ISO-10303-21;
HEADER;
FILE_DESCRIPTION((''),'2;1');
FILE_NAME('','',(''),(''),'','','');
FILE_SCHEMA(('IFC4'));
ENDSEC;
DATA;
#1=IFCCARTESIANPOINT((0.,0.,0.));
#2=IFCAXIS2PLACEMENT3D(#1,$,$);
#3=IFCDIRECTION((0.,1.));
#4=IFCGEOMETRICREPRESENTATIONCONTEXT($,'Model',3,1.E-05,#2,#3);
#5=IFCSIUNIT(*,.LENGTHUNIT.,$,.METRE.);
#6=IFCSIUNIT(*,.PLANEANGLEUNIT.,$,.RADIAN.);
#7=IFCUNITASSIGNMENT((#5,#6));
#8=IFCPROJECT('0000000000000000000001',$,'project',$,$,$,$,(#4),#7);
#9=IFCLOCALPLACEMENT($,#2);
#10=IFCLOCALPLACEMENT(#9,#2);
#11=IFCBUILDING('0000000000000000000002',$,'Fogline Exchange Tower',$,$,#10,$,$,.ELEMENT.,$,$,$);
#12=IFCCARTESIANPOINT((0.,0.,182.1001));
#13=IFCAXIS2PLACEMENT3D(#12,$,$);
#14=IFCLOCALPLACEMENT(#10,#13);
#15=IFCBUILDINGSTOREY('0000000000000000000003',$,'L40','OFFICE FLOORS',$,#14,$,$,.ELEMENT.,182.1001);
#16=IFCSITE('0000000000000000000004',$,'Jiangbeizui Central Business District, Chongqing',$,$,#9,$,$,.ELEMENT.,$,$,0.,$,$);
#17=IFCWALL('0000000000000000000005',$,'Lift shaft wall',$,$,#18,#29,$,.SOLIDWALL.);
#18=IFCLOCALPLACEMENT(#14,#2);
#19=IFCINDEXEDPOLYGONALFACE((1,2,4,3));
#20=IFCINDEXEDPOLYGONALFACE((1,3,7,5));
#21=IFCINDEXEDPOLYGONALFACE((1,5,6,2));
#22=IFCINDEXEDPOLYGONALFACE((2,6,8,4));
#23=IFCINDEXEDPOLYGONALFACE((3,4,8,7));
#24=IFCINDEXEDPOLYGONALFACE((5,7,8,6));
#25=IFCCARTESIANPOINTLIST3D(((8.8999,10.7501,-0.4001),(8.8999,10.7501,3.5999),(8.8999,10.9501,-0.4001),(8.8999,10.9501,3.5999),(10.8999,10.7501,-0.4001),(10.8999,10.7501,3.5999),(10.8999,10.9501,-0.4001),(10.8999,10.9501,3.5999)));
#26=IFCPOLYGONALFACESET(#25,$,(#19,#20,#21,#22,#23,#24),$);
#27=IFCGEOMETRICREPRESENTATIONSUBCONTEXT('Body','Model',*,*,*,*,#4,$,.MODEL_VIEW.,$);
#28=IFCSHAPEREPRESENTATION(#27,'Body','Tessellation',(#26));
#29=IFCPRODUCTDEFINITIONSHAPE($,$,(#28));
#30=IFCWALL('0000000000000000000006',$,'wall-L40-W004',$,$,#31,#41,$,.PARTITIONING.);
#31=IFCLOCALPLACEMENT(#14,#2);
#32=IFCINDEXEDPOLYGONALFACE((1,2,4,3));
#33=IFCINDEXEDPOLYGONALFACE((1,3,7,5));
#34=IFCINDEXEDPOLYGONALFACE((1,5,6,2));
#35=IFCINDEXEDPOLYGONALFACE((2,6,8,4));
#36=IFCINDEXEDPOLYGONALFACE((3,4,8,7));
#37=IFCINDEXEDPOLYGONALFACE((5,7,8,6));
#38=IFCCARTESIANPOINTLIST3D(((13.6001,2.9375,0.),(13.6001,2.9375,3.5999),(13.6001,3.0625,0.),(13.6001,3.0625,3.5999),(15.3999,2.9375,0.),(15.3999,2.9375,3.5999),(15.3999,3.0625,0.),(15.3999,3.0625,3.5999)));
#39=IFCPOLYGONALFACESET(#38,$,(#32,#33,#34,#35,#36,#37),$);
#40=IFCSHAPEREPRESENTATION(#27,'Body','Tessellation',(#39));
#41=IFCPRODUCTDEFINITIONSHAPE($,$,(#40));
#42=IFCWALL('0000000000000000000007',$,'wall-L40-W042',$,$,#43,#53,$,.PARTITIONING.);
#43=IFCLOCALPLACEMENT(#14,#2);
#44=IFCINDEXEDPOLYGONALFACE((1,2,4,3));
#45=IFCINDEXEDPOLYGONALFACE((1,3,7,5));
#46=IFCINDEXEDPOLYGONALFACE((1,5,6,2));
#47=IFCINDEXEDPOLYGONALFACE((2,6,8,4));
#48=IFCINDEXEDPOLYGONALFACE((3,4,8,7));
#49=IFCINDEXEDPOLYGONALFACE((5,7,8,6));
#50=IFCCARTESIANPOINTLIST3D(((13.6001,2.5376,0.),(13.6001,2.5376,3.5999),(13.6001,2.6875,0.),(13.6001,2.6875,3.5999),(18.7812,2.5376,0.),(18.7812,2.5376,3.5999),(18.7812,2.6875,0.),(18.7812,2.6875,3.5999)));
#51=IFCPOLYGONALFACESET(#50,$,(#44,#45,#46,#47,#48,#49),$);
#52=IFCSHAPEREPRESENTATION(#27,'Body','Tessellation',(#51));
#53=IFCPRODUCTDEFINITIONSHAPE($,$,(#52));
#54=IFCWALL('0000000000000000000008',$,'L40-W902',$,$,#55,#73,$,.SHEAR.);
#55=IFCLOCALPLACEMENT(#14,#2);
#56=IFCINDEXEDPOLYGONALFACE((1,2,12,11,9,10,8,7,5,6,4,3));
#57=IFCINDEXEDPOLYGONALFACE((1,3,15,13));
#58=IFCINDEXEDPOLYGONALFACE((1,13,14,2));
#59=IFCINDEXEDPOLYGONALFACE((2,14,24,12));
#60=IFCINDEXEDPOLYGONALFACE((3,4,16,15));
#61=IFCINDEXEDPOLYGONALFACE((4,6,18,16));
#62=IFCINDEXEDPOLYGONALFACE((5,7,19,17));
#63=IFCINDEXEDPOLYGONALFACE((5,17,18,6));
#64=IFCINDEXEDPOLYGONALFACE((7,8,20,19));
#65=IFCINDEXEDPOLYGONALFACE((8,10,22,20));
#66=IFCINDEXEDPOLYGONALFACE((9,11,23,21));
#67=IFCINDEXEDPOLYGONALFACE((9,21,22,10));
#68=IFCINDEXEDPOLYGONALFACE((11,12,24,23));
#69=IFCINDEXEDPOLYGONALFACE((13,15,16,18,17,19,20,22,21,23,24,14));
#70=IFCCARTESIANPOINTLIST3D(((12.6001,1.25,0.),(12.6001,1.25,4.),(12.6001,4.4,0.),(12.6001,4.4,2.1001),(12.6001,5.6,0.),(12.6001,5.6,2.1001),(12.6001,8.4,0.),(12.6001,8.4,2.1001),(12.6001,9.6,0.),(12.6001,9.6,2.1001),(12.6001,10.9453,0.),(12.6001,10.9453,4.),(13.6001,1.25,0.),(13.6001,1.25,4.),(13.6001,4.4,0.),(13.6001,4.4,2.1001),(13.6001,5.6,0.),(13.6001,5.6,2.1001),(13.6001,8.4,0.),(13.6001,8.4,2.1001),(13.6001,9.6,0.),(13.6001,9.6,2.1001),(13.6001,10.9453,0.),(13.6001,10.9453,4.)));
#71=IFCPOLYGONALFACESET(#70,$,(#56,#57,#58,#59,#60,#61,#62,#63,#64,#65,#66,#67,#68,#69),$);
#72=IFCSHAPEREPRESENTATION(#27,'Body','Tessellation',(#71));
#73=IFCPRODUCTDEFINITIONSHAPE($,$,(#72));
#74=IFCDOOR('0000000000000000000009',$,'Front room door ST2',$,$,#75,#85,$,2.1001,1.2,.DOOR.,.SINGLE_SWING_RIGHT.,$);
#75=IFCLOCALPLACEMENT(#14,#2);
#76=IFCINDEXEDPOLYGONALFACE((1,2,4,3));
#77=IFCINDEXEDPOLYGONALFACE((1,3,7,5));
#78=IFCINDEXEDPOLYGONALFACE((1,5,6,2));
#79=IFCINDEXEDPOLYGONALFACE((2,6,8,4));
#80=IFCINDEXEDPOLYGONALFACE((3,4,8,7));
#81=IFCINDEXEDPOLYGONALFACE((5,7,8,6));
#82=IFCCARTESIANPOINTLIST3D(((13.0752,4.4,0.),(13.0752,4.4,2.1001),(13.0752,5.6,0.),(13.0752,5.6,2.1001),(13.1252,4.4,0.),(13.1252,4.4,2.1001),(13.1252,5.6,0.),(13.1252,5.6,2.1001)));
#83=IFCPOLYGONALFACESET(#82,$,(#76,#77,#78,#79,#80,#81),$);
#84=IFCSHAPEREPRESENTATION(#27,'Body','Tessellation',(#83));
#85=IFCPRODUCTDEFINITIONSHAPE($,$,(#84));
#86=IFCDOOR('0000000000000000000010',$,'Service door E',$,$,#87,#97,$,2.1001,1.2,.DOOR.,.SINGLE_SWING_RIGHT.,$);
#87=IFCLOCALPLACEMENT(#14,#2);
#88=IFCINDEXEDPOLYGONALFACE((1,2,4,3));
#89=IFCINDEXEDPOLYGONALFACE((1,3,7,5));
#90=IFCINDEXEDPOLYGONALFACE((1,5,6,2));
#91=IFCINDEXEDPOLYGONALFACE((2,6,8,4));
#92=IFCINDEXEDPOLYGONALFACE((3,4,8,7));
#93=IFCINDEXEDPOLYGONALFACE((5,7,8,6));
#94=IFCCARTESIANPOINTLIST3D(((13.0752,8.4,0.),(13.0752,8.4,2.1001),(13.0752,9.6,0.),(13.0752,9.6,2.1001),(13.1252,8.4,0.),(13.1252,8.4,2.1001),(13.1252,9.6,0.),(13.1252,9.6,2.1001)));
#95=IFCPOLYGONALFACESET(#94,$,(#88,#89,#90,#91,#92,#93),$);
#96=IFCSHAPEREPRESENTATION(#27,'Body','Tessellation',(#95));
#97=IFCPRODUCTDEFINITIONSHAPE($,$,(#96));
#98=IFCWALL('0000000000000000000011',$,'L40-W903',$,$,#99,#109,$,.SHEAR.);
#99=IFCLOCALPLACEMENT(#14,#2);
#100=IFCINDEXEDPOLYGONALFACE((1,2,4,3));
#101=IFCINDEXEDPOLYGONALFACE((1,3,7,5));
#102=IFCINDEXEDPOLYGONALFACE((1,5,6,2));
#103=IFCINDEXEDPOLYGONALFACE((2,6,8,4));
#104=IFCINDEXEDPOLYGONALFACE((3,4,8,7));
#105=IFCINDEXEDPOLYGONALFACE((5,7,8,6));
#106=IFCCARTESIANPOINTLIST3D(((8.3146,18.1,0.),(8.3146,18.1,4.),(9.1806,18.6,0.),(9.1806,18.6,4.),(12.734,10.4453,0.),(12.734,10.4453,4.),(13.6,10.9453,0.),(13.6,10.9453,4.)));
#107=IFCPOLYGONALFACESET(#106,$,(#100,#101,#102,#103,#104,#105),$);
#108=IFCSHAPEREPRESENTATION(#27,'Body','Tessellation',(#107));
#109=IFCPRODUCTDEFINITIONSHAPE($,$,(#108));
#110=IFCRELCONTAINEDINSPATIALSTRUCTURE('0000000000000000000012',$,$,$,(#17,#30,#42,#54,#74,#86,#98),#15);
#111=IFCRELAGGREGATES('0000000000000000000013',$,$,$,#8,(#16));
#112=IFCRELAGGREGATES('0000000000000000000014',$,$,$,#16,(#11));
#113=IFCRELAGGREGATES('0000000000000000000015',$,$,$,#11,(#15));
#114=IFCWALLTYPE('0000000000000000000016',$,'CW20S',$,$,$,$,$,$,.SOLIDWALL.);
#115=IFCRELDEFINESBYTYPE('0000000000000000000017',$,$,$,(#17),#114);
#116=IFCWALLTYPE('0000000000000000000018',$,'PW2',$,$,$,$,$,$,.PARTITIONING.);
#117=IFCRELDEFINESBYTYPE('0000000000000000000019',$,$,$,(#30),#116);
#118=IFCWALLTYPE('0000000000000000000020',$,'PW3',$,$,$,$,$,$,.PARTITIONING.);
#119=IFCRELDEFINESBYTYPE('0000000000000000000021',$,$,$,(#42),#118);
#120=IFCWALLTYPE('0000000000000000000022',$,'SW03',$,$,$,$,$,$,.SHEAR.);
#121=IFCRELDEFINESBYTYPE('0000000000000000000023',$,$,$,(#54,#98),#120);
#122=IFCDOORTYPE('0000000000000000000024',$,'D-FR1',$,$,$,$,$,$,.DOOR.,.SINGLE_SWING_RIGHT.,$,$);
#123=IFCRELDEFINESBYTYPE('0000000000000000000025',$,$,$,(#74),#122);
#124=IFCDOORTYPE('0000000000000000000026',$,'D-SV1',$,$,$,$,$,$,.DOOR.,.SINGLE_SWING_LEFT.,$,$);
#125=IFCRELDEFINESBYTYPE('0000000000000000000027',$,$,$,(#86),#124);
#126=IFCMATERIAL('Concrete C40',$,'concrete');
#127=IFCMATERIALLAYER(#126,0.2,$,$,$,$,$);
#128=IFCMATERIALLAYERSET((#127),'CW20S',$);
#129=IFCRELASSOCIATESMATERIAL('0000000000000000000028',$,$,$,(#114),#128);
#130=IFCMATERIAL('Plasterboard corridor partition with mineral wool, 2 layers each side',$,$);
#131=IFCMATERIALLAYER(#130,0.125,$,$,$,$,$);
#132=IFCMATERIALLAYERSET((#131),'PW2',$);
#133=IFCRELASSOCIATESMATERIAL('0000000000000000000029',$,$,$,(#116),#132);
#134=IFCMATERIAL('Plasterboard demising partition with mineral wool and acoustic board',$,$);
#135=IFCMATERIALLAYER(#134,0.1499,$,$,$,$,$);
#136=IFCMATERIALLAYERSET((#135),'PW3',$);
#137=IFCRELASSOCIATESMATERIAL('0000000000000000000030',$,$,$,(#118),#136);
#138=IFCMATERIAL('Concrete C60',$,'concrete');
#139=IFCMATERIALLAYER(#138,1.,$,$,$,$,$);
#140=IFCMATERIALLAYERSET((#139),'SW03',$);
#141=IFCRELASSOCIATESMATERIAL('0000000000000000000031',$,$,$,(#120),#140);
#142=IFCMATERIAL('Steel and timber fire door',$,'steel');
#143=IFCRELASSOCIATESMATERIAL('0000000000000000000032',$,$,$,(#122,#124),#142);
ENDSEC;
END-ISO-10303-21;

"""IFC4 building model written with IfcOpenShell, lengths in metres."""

from ifc_helpers import new_model, si_unit, direction, frame, frame_2d, origin, place, context, subcontext, project, spatial, rectangle, extrude, material, layer, layer_set, type_object, element, fill, save


model = new_model("IFC4")

# Units and contexts
model_context = context("Model", 3, precision=1e-05, world=origin(), true_north=direction((0.0, 1.0)))
body_context = subcontext(model_context, "Body", "Model", "MODEL_VIEW")
ifc_project = project(units=[si_unit("LENGTHUNIT", "METRE"), si_unit("PLANEANGLEUNIT", "RADIAN")], contexts=[model_context])

# Site, building, storey
site_placement = place(None, origin())
site = spatial("IfcSite", under=ifc_project, at=site_placement, Name="Jiangbeizui Central Business District, Chongqing", CompositionType="ELEMENT", RefElevation=0.0)
building_placement = place(site_placement, origin())
building = spatial("IfcBuilding", under=site, at=building_placement, Name="Fogline Exchange Tower", CompositionType="ELEMENT")
storey_placement = place(building_placement, frame((0.0, 0.0, 182.1001)))
storey = spatial("IfcBuildingStorey", under=building, at=storey_placement, Name="L40", Description="OFFICE FLOORS", CompositionType="ELEMENT", Elevation=182.1001)

# Shared definitions
ifc_material_1 = material(Name="Concrete C60", Category="concrete")

# Shared definitions
ifc_material_2 = material(Name="Concrete C40", Category="concrete")

# Shared definitions
ifc_material_3 = material(Name="Steel and timber fire door", Category="steel")

# Walls
ifc_layer_1 = layer(ifc_material_2, 0.2)
ifc_layer_set_1 = layer_set([ifc_layer_1], Name="CW20S")
wall_type_1 = type_object("IfcWallType", Name="CW20S", PredefinedType="SOLIDWALL", material=ifc_layer_set_1)
for number, where, z_axis, x_axis, name in (
    (1, (8.8999, 10.8501, -0.4001), (0.0, 0.0, 1.0), (1.0, 0.0, 0.0), "Lift shaft wall"),
):
    element("IfcWall", number, at=place(storey_placement, frame(where, z_axis=z_axis, x_axis=x_axis)), inside=storey, type_object=wall_type_1, Name=name, PredefinedType="SOLIDWALL", context=body_context, shape_type="SweptSolid", body=[
        extrude(rectangle(XDim=2.0, YDim=0.2, at=frame_2d((1.0, 0.0))), origin(), (0.0, 0.0, 1.0), 4.0),
    ])
ifc_material_4 = material(Name="Plasterboard corridor partition with mineral wool, 2 layers each side")
ifc_layer_2 = layer(ifc_material_4, 0.125)
ifc_layer_set_2 = layer_set([ifc_layer_2], Name="PW2")
wall_type_2 = type_object("IfcWallType", Name="PW2", PredefinedType="PARTITIONING", material=ifc_layer_set_2)
wall_1_placement = place(storey_placement, frame((15.3999, 3.0, 0.0), z_axis=(0.0, 0.0, 1.0), x_axis=(-1.0, 0.0, 0.0)))
element("IfcWall", 2, at=wall_1_placement, inside=storey, type_object=wall_type_2, Name="wall-L40-W004", PredefinedType="PARTITIONING", context=body_context, shape_type="SweptSolid", body=[
    extrude(rectangle(XDim=1.7998, YDim=0.125, at=frame_2d((0.8999, 0.0))), origin(), (0.0, 0.0, 1.0), 3.5999),
])
ifc_material_5 = material(Name="Plasterboard demising partition with mineral wool and acoustic board")
ifc_layer_3 = layer(ifc_material_5, 0.1499)
ifc_layer_set_3 = layer_set([ifc_layer_3], Name="PW3")
wall_type_3 = type_object("IfcWallType", Name="PW3", PredefinedType="PARTITIONING", material=ifc_layer_set_3)
wall_2_placement = place(storey_placement, frame((13.6001, 2.6125, 0.0), z_axis=(0.0, 0.0, 1.0), x_axis=(1.0, 0.0, 0.0)))
element("IfcWall", 3, at=wall_2_placement, inside=storey, type_object=wall_type_3, Name="wall-L40-W042", PredefinedType="PARTITIONING", context=body_context, shape_type="SweptSolid", body=[
    extrude(rectangle(XDim=5.1812, YDim=0.1499, at=frame_2d((2.5906, 0.0))), origin(), (0.0, 0.0, 1.0), 3.5999),
])

# Wall, openings, doors
ifc_layer_4 = layer(ifc_material_1, 1.0)
ifc_layer_set_4 = layer_set([ifc_layer_4], Name="SW03")
wall_type_4 = type_object("IfcWallType", Name="SW03", PredefinedType="SHEAR", material=ifc_layer_set_4)
wall_3_placement = place(storey_placement, frame((13.1001, 1.25, 0.0), z_axis=(0.0, 0.0, 1.0), x_axis=(0.0, 1.0, 0.0)))
wall_3 = element("IfcWall", 4, at=wall_3_placement, inside=storey, type_object=wall_type_4, Name="L40-W902", PredefinedType="SHEAR", context=body_context, shape_type="SweptSolid", body=[
    extrude(rectangle(XDim=9.6953, YDim=1.0, at=frame_2d((4.8477, 0.0))), origin(), (0.0, 0.0, 1.0), 4.0),
])
opening_1_placement = place(wall_3_placement, frame((3.1499, 0.0, 0.0)))
opening_1 = element("IfcOpeningElement", 5, at=opening_1_placement, cuts=wall_3, PredefinedType="OPENING", context=body_context, shape_type="SweptSolid", body=[
    extrude(rectangle(XDim=1.2, YDim=2.1001, at=frame_2d((0.6001, 1.05))), frame((0.0, 0.51, 0.0), z_axis=(0.0, -1.0, 0.0), x_axis=(1.0, 0.0, 0.0)), (0.0, 0.0, 1.0), 1.02),
])
opening_2_placement = place(wall_3_placement, frame((7.1499, 0.0, 0.0)))
opening_2 = element("IfcOpeningElement", 6, at=opening_2_placement, cuts=wall_3, PredefinedType="OPENING", context=body_context, shape_type="SweptSolid", body=[
    extrude(rectangle(XDim=1.2, YDim=2.1001, at=frame_2d((0.6001, 1.05))), frame((0.0, 0.51, 0.0), z_axis=(0.0, -1.0, 0.0), x_axis=(1.0, 0.0, 0.0)), (0.0, 0.0, 1.0), 1.02),
])
door_type_1 = type_object("IfcDoorType", Name="D-FR1", OperationType="SINGLE_SWING_RIGHT", PredefinedType="DOOR", material=ifc_material_3)
door_1_placement = place(opening_1_placement, origin())
door_1 = element("IfcDoor", 7, at=door_1_placement, inside=storey, type_object=door_type_1, Name="Front room door ST2", OperationType="SINGLE_SWING_RIGHT", OverallHeight=2.1001, OverallWidth=1.2, PredefinedType="DOOR", context=body_context, shape_type="SweptSolid", body=[
    extrude(rectangle(XDim=1.2, YDim=2.1001, at=frame_2d((0.6001, 1.05))), frame((0.0, 0.0249, 0.0), z_axis=(0.0, -1.0, 0.0), x_axis=(1.0, 0.0, 0.0)), (0.0, 0.0, 1.0), 0.05),
])
fill(opening_1, door_1)
door_type_2 = type_object("IfcDoorType", Name="D-SV1", OperationType="SINGLE_SWING_LEFT", PredefinedType="DOOR", material=ifc_material_3)
door_2_placement = place(opening_2_placement, origin())
door_2 = element("IfcDoor", 8, at=door_2_placement, inside=storey, type_object=door_type_2, Name="Service door E", OperationType="SINGLE_SWING_RIGHT", OverallHeight=2.1001, OverallWidth=1.2, PredefinedType="DOOR", context=body_context, shape_type="SweptSolid", body=[
    extrude(rectangle(XDim=1.2, YDim=2.1001, at=frame_2d((0.6001, 1.05))), frame((0.0, 0.0249, 0.0), z_axis=(0.0, -1.0, 0.0), x_axis=(1.0, 0.0, 0.0)), (0.0, 0.0, 1.0), 0.05),
])
fill(opening_2, door_2)

# Wall
wall_4_placement = place(storey_placement, frame((13.167, 10.6953, 0.0), z_axis=(0.0, 0.0, 1.0), x_axis=(-0.499995, 0.866028, 0.0)))
element("IfcWall", 9, at=wall_4_placement, inside=storey, type_object=wall_type_4, Name="L40-W903", PredefinedType="SHEAR", context=body_context, shape_type="SweptSolid", body=[
    extrude(rectangle(XDim=8.8389, YDim=1.0, at=frame_2d((4.4194, 0.0))), origin(), (0.0, 0.0, 1.0), 4.0),
])

save(model, "model.ifc")
